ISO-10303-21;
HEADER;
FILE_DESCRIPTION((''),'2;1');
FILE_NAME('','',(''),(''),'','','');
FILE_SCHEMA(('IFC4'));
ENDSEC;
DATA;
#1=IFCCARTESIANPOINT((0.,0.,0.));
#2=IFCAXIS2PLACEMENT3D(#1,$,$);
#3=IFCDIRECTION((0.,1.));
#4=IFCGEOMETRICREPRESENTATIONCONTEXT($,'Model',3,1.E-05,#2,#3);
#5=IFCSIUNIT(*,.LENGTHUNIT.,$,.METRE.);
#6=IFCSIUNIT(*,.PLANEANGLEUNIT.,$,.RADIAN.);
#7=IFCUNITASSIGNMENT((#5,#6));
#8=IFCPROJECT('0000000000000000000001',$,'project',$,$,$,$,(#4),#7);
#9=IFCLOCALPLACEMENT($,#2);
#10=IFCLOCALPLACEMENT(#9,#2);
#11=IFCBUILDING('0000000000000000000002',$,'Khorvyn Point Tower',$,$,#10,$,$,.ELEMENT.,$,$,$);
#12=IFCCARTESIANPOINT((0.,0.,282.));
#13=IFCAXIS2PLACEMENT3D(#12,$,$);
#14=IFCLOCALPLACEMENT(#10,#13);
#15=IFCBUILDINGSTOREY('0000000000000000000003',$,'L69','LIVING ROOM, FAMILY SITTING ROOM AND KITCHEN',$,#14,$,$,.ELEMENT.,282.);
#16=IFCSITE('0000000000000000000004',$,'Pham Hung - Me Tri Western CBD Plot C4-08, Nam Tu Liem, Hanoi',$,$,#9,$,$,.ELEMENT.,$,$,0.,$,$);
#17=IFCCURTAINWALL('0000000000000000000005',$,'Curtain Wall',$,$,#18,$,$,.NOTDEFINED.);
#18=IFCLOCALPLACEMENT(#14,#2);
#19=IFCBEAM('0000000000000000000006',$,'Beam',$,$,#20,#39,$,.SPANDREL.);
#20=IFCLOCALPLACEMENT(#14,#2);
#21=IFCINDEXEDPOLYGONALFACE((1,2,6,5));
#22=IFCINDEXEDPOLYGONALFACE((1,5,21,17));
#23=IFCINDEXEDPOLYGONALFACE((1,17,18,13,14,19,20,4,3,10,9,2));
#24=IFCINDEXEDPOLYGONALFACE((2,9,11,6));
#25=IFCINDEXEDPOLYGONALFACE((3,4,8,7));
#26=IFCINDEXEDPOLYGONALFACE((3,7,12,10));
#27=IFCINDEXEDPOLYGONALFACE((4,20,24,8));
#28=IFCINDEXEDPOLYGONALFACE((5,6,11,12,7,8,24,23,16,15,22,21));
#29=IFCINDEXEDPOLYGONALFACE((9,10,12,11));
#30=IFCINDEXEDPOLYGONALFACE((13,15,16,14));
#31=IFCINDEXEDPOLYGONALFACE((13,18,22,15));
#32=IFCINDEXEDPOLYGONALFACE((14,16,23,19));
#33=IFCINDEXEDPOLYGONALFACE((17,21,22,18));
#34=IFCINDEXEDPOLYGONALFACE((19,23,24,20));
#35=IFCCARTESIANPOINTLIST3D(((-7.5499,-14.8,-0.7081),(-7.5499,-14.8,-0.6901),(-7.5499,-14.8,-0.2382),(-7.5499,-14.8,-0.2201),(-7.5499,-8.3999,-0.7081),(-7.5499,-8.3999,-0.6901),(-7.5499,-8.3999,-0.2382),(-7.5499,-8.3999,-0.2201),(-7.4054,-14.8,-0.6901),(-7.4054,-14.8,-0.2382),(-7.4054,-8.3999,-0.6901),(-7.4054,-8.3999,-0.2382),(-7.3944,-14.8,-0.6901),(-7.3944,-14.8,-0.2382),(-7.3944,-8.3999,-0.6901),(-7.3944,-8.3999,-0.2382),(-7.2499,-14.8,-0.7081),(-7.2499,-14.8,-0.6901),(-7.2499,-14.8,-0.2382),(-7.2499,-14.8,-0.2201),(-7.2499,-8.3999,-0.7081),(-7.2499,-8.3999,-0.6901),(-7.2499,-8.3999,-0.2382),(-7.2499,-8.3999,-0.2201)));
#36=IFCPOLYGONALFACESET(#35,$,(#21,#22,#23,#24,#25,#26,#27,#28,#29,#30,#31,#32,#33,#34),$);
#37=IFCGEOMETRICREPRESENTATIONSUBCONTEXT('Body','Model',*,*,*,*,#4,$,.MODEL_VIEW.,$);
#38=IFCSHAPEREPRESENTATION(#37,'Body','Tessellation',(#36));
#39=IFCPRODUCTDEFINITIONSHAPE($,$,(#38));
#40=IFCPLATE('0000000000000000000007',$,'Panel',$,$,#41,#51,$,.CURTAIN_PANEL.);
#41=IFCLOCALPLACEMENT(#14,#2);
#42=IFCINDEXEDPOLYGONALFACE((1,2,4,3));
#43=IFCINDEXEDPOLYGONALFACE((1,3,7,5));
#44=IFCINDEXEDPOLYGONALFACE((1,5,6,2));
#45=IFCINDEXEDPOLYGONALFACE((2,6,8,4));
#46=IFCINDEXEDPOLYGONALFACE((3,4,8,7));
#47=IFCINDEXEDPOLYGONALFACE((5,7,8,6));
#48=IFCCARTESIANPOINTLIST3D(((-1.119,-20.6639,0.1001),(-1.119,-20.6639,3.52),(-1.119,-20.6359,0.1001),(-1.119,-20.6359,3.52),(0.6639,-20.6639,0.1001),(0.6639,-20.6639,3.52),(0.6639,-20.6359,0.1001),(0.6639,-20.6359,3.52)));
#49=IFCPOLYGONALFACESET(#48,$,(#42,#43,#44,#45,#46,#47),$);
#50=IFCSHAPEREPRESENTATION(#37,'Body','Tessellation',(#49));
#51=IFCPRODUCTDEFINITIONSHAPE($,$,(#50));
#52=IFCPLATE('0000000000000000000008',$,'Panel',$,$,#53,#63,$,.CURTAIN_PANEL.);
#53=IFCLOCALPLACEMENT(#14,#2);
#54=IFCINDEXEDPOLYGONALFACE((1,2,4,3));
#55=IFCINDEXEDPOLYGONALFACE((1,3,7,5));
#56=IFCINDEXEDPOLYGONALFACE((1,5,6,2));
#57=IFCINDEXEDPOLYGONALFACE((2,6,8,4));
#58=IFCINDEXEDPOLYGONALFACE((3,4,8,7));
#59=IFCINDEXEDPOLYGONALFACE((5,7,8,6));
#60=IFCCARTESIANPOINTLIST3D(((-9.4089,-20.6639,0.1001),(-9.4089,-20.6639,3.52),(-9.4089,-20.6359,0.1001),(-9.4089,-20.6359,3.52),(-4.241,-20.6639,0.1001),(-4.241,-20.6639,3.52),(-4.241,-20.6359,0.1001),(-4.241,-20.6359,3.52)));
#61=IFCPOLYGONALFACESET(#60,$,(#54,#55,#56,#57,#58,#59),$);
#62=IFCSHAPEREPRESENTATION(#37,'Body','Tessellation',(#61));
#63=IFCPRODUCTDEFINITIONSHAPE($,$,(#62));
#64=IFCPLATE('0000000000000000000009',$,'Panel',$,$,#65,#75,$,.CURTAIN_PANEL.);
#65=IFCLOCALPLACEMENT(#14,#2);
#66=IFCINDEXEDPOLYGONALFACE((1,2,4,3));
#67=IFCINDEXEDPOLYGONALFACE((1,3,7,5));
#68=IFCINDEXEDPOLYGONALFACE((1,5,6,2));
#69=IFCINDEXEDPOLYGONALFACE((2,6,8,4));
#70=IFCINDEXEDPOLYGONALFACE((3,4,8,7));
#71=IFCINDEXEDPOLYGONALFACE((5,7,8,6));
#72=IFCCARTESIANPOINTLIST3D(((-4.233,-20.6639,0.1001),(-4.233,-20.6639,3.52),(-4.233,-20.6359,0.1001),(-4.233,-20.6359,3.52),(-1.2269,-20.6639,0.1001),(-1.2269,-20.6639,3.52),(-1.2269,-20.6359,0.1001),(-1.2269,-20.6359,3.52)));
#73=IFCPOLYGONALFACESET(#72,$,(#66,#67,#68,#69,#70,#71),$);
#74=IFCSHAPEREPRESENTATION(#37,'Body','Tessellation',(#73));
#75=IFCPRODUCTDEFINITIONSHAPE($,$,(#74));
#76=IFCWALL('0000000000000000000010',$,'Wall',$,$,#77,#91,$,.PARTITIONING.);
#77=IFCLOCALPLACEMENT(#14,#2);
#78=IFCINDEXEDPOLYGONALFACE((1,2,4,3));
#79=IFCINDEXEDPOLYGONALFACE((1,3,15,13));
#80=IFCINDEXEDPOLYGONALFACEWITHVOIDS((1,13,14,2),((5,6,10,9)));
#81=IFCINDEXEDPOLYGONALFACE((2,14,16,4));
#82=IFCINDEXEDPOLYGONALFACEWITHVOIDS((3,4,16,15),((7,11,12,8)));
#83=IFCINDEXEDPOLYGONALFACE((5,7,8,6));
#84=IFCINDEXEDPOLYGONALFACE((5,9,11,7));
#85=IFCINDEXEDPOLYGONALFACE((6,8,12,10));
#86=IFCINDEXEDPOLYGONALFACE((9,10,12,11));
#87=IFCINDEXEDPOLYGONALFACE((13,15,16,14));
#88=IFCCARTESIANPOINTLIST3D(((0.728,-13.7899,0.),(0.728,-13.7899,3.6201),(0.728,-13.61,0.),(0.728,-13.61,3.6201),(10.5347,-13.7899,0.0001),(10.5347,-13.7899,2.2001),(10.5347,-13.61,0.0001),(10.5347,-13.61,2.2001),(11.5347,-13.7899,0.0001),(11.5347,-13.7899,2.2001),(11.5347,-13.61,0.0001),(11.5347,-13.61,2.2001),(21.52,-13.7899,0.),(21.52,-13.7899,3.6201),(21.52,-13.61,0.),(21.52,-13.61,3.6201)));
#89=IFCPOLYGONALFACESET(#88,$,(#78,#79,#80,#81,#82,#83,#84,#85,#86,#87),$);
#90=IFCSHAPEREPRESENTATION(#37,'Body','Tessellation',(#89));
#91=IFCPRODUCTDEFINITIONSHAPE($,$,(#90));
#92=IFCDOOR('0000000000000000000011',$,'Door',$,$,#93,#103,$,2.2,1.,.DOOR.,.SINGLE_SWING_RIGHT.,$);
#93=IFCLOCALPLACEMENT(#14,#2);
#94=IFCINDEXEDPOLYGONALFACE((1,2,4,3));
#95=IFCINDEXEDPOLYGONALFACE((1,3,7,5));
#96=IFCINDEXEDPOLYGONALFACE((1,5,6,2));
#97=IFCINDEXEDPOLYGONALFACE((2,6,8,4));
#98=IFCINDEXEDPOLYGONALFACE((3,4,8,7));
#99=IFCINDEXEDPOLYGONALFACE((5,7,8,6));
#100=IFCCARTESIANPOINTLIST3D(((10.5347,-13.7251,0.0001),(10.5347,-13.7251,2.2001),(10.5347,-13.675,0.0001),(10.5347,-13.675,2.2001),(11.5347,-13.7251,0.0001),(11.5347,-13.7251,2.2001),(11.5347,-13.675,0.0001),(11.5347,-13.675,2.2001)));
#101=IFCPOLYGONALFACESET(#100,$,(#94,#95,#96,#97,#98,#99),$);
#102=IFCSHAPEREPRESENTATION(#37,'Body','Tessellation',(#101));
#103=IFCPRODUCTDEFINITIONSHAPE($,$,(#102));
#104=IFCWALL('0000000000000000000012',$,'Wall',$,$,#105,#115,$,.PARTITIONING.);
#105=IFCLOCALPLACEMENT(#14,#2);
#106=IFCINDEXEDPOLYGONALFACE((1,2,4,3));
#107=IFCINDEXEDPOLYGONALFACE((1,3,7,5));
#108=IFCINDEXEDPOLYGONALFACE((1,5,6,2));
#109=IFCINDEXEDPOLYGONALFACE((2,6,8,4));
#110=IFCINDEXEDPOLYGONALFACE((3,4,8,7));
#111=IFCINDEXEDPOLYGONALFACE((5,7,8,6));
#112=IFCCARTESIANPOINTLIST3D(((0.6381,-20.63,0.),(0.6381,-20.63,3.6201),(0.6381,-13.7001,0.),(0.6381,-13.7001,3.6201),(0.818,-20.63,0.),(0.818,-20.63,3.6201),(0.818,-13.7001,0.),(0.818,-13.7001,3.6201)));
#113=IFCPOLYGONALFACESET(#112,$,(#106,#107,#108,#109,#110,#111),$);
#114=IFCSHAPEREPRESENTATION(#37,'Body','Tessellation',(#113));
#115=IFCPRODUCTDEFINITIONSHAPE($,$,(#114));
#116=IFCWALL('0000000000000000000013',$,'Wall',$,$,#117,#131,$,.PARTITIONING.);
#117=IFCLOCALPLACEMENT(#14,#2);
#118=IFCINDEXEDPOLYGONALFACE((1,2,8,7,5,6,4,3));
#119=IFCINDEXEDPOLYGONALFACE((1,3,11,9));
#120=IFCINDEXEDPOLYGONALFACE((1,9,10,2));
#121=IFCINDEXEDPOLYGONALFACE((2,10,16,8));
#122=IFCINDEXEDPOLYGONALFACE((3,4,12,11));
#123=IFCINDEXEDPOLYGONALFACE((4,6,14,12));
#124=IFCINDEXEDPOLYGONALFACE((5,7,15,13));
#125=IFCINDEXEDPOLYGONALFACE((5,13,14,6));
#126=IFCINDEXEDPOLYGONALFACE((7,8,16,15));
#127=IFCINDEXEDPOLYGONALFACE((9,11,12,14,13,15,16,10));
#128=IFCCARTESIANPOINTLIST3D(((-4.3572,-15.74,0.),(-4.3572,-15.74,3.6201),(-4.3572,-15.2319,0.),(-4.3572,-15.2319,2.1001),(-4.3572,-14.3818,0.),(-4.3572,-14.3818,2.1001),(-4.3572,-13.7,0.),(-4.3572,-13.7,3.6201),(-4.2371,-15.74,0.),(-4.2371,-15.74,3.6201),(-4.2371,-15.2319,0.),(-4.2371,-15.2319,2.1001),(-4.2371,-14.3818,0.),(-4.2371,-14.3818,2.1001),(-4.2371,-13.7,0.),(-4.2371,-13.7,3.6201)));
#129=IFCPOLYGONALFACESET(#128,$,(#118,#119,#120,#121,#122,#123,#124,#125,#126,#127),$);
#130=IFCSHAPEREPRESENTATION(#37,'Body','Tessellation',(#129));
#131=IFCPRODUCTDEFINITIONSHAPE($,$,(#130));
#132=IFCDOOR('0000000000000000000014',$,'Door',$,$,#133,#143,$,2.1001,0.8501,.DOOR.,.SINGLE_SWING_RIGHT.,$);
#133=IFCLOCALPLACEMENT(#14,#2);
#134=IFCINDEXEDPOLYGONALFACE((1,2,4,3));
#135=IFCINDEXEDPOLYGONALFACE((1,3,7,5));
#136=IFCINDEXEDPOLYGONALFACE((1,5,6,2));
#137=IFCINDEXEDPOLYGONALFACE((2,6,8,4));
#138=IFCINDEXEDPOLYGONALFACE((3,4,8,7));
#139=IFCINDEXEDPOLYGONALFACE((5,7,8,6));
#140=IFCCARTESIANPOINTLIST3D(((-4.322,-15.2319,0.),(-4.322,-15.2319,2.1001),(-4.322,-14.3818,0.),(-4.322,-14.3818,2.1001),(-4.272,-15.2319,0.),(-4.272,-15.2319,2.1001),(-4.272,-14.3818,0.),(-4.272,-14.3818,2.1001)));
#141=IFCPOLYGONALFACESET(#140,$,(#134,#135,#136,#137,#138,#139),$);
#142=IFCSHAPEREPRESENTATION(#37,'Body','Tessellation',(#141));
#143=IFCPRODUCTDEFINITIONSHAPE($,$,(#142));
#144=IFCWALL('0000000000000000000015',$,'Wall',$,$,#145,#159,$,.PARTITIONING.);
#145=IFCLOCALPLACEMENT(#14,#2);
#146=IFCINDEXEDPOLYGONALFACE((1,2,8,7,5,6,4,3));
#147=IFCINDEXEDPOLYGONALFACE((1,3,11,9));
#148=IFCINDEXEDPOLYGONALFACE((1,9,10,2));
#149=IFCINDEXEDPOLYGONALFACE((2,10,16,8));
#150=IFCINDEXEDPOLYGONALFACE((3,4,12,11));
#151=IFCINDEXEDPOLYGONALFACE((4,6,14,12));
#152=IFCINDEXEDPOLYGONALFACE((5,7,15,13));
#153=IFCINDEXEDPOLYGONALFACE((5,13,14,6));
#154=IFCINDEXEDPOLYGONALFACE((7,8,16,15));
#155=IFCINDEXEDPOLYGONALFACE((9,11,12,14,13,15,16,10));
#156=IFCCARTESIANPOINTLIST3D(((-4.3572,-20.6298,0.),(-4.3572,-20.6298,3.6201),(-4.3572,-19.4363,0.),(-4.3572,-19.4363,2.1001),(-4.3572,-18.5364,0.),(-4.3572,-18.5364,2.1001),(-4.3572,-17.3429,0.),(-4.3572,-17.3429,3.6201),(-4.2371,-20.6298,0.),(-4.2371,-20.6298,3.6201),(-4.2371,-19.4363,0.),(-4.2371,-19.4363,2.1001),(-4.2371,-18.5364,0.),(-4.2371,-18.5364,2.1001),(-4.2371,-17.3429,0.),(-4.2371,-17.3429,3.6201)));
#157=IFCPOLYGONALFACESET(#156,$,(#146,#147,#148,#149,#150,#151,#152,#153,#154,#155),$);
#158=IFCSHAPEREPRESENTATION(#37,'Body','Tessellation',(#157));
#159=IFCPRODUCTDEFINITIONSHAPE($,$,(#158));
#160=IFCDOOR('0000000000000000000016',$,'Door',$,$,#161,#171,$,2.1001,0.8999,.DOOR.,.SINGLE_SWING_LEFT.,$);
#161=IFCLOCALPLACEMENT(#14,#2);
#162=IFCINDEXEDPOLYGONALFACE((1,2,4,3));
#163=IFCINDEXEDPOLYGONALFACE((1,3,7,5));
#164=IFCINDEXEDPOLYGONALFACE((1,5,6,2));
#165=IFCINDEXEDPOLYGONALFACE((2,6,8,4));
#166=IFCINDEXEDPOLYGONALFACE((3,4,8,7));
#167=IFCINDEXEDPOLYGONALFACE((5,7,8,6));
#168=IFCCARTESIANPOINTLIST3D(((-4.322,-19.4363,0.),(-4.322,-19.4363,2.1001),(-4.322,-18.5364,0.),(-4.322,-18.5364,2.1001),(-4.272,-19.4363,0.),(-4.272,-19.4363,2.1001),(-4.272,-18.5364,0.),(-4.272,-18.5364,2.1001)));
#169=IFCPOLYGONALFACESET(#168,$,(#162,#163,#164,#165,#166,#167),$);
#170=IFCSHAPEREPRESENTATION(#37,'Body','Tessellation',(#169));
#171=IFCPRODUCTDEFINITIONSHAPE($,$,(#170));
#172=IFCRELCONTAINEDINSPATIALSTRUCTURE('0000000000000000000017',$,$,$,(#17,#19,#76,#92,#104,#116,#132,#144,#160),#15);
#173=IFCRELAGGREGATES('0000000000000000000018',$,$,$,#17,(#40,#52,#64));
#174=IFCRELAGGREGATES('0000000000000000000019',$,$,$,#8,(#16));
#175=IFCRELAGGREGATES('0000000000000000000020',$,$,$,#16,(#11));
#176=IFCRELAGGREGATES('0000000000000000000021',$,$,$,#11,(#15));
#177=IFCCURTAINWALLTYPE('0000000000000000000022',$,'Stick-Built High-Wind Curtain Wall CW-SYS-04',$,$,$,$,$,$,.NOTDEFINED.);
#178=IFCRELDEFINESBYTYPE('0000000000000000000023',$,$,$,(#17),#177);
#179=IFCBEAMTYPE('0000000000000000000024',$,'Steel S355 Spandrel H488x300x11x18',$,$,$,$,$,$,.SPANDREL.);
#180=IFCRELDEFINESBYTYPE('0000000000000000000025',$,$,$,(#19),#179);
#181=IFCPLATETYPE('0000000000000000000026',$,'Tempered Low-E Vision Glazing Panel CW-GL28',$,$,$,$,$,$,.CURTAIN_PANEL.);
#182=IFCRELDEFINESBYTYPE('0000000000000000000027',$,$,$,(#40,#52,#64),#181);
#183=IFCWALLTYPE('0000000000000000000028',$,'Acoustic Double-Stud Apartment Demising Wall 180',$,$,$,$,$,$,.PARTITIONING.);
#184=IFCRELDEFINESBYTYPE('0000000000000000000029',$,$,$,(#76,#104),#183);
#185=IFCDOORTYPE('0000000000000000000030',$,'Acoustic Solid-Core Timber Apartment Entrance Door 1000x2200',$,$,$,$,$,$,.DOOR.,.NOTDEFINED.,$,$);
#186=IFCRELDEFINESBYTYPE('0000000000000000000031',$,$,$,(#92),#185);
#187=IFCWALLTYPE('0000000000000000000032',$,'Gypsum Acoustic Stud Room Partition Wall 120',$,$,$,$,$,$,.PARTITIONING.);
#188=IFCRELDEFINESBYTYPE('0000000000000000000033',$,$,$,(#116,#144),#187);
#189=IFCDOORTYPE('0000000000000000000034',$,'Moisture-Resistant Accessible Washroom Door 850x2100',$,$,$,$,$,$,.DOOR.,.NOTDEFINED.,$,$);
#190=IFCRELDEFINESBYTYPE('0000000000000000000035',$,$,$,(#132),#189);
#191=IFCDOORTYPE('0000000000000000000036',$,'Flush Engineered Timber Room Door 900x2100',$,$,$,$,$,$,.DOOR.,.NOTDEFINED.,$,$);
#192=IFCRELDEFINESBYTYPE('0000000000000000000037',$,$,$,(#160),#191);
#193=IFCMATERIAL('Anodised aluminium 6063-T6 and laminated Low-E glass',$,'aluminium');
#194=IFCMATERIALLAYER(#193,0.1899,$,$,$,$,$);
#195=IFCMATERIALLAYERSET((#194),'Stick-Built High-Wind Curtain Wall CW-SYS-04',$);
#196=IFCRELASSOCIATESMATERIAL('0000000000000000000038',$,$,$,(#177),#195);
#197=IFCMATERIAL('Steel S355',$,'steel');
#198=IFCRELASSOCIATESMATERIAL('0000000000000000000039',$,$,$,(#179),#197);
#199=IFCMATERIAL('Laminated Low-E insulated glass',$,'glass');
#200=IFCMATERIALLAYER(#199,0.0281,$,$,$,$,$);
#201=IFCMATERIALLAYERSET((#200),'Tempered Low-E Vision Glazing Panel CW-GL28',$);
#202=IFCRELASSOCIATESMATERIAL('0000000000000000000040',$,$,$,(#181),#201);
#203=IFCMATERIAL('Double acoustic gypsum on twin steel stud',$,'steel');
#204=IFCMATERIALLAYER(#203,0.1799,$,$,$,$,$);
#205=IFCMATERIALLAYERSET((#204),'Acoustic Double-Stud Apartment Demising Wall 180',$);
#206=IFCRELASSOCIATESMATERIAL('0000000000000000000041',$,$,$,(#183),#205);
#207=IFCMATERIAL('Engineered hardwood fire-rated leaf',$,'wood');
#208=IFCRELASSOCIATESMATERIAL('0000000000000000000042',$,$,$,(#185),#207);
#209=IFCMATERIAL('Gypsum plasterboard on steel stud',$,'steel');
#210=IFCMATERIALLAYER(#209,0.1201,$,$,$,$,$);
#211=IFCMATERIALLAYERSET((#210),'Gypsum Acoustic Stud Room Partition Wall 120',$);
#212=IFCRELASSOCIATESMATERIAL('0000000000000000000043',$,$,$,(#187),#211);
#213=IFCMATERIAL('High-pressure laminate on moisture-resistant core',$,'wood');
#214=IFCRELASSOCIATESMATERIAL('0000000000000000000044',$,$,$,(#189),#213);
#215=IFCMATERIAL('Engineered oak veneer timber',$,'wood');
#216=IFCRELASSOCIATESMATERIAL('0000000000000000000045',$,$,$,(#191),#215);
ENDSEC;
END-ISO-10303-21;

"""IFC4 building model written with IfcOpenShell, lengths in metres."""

from ifc_helpers import new_model, si_unit, direction, frame, frame_2d, origin, origin_2d, place, context, subcontext, project, spatial, rectangle, i_section, extrude, material, layer, layer_set, material_profile, profile_set, type_object, element, fill, aggregate, save


model = new_model("IFC4")

# Units and contexts
model_context = context("Model", 3, precision=1e-05, world=origin(), true_north=direction((0.0, 1.0)))
body_context = subcontext(model_context, "Body", "Model", "MODEL_VIEW")
ifc_project = project(units=[si_unit("LENGTHUNIT", "METRE"), si_unit("PLANEANGLEUNIT", "RADIAN")], contexts=[model_context])

# Site, building, storey
site_placement = place(None, origin())
site = spatial("IfcSite", under=ifc_project, at=site_placement, Name="Pham Hung - Me Tri Western CBD Plot C4-08, Nam Tu Liem, Hanoi", CompositionType="ELEMENT", RefElevation=0.0)
building_placement = place(site_placement, origin())
building = spatial("IfcBuilding", under=site, at=building_placement, Name="Khorvyn Point Tower", CompositionType="ELEMENT")
storey_placement = place(building_placement, frame((0.0, 0.0, 282.0)))
storey = spatial("IfcBuildingStorey", under=building, at=storey_placement, Name="L69", Description="LIVING ROOM, FAMILY SITTING ROOM AND KITCHEN", CompositionType="ELEMENT", Elevation=282.0)

# Curtain wall
ifc_material_1 = material(Name="Anodised aluminium 6063-T6 and laminated Low-E glass", Category="aluminium")
ifc_layer_1 = layer(ifc_material_1, 0.1899)
ifc_layer_set_1 = layer_set([ifc_layer_1], Name="Stick-Built High-Wind Curtain Wall CW-SYS-04")
curtain_wall_type = type_object("IfcCurtainWallType", Name="Stick-Built High-Wind Curtain Wall CW-SYS-04", PredefinedType="NOTDEFINED", material=ifc_layer_set_1)
curtain_wall_placement = place(storey_placement, origin())
curtain_wall = element("IfcCurtainWall", 1, at=curtain_wall_placement, inside=storey, type_object=curtain_wall_type, Name="Curtain Wall", PredefinedType="NOTDEFINED")

# Beam
ifc_material_2 = material(Name="Steel S355", Category="steel")
ifc_material_profile_1 = material_profile(ifc_material_2, i_section(OverallWidth=0.3, OverallDepth=0.488, WebThickness=0.011, FlangeThickness=0.0181, at=origin_2d()))
ifc_profile_set_1 = profile_set([ifc_material_profile_1], Name="Steel S355 H488x300x11x18")
beam_type = type_object("IfcBeamType", Name="Steel S355 Spandrel H488x300x11x18", PredefinedType="SPANDREL", material=ifc_profile_set_1)
beam_1_placement = place(storey_placement, frame((-7.3999, -14.8, -0.4641), z_axis=(0.0, 1.0, 0.0), x_axis=(-1.0, 0.0, 0.0)))
element("IfcBeam", 2, at=beam_1_placement, inside=storey, type_object=beam_type, Name="Beam", PredefinedType="SPANDREL", context=body_context, shape_type="SweptSolid", body=[
    extrude(i_section(OverallWidth=0.3, OverallDepth=0.488, WebThickness=0.011, FlangeThickness=0.0181, at=origin_2d()), origin(), (0.0, 0.0, 1.0), 6.4001),
])

# Plates
ifc_material_3 = material(Name="Laminated Low-E insulated glass", Category="glass")
ifc_layer_2 = layer(ifc_material_3, 0.0281)
ifc_layer_set_2 = layer_set([ifc_layer_2], Name="Tempered Low-E Vision Glazing Panel CW-GL28")
plate_type = type_object("IfcPlateType", Name="Tempered Low-E Vision Glazing Panel CW-GL28", PredefinedType="CURTAIN_PANEL", material=ifc_layer_set_2)
plate_1_placement = place(storey_placement, frame((-0.2275, -20.6499, 0.1001), z_axis=(0.0, 0.0, 1.0), x_axis=(-1.0, 0.0, 0.0)))
plate_1 = element("IfcPlate", 3, at=plate_1_placement, type_object=plate_type, Name="Panel", PredefinedType="CURTAIN_PANEL", context=body_context, shape_type="SweptSolid", body=[
    extrude(rectangle(XDim=1.783, YDim=0.0281, at=origin_2d()), origin(), (0.0, 0.0, 1.0), 3.4199),
])
plate_2_placement = place(storey_placement, frame((-6.825, -20.6499, 0.1001), z_axis=(0.0, 0.0, 1.0), x_axis=(-1.0, 0.0, 0.0)))
plate_2 = element("IfcPlate", 4, at=plate_2_placement, type_object=plate_type, Name="Panel", PredefinedType="CURTAIN_PANEL", context=body_context, shape_type="SweptSolid", body=[
    extrude(rectangle(XDim=5.168, YDim=0.0281, at=origin_2d()), origin(), (0.0, 0.0, 1.0), 3.4199),
])
plate_3_placement = place(storey_placement, frame((-2.73, -20.6499, 0.1001), z_axis=(0.0, 0.0, 1.0), x_axis=(-1.0, 0.0, 0.0)))
plate_3 = element("IfcPlate", 5, at=plate_3_placement, type_object=plate_type, Name="Panel", PredefinedType="CURTAIN_PANEL", context=body_context, shape_type="SweptSolid", body=[
    extrude(rectangle(XDim=3.0061, YDim=0.0281, at=origin_2d()), origin(), (0.0, 0.0, 1.0), 3.4199),
])
aggregate(curtain_wall, [plate_1, plate_2, plate_3])

# Wall, opening, door
ifc_material_4 = material(Name="Double acoustic gypsum on twin steel stud", Category="steel")
ifc_layer_3 = layer(ifc_material_4, 0.1799)
ifc_layer_set_3 = layer_set([ifc_layer_3], Name="Acoustic Double-Stud Apartment Demising Wall 180")
wall_type_1 = type_object("IfcWallType", Name="Acoustic Double-Stud Apartment Demising Wall 180", PredefinedType="PARTITIONING", material=ifc_layer_set_3)
wall_1_placement = place(storey_placement, frame((0.728, -13.7, 0.0), z_axis=(0.0, 0.0, 1.0), x_axis=(1.0, 0.0, 0.0)))
wall_1 = element("IfcWall", 6, at=wall_1_placement, inside=storey, type_object=wall_type_1, Name="Wall", PredefinedType="PARTITIONING", context=body_context, shape_type="SweptSolid", body=[
    extrude(rectangle(XDim=20.792, YDim=0.1799, at=frame_2d((10.396, 0.0))), origin(), (0.0, 0.0, 1.0), 3.6201),
])
opening_1_placement = place(wall_1_placement, frame((9.8066, 0.0, 0.0)))
opening_1 = element("IfcOpeningElement", 7, at=opening_1_placement, cuts=wall_1, PredefinedType="OPENING", context=body_context, shape_type="SweptSolid", body=[
    extrude(rectangle(XDim=1.0, YDim=2.2, at=frame_2d((0.5, 1.1001))), frame((0.0, 0.0999, 0.0), z_axis=(0.0, -1.0, 0.0), x_axis=(1.0, 0.0, 0.0)), (0.0, 0.0, 1.0), 0.2),
])
ifc_material_5 = material(Name="Engineered hardwood fire-rated leaf", Category="wood")
door_type_1 = type_object("IfcDoorType", Name="Acoustic Solid-Core Timber Apartment Entrance Door 1000x2200", OperationType="NOTDEFINED", PredefinedType="DOOR", material=ifc_material_5)
door_1_placement = place(opening_1_placement, origin())
door_1 = element("IfcDoor", 8, at=door_1_placement, inside=storey, type_object=door_type_1, Name="Door", OperationType="SINGLE_SWING_RIGHT", OverallHeight=2.2, OverallWidth=1.0, PredefinedType="DOOR", context=body_context, shape_type="SweptSolid", body=[
    extrude(rectangle(XDim=1.0, YDim=2.2, at=frame_2d((0.5, 1.1001))), frame((0.0, 0.0249, 0.0), z_axis=(0.0, -1.0, 0.0), x_axis=(1.0, 0.0, 0.0)), (0.0, 0.0, 1.0), 0.05),
])
fill(opening_1, door_1)

# Wall
wall_2_placement = place(storey_placement, frame((0.728, -20.6299, 0.0), z_axis=(0.0, 0.0, 1.0), x_axis=(0.0, 1.0, 0.0)))
element("IfcWall", 9, at=wall_2_placement, inside=storey, type_object=wall_type_1, Name="Wall", PredefinedType="PARTITIONING", context=body_context, shape_type="SweptSolid", body=[
    extrude(rectangle(XDim=6.9299, YDim=0.1799, at=frame_2d((3.4648, 0.0))), origin(), (0.0, 0.0, 1.0), 3.6201),
])

# Walls, openings, doors
ifc_material_6 = material(Name="Gypsum plasterboard on steel stud", Category="steel")
ifc_layer_4 = layer(ifc_material_6, 0.1201)
ifc_layer_set_4 = layer_set([ifc_layer_4], Name="Gypsum Acoustic Stud Room Partition Wall 120")
wall_type_2 = type_object("IfcWallType", Name="Gypsum Acoustic Stud Room Partition Wall 120", PredefinedType="PARTITIONING", material=ifc_layer_set_4)
wall_3_placement = place(storey_placement, frame((-4.2971, -15.74, 0.0), z_axis=(0.0, 0.0, 1.0), x_axis=(0.0, 1.0, 0.0)))
wall_3 = element("IfcWall", 10, at=wall_3_placement, inside=storey, type_object=wall_type_2, Name="Wall", PredefinedType="PARTITIONING", context=body_context, shape_type="SweptSolid", body=[
    extrude(rectangle(XDim=2.04, YDim=0.1201, at=frame_2d((1.02, 0.0))), origin(), (0.0, 0.0, 1.0), 3.6201),
])
opening_2_placement = place(wall_3_placement, frame((0.5081, 0.0, 0.0)))
opening_2 = element("IfcOpeningElement", 11, at=opening_2_placement, cuts=wall_3, PredefinedType="OPENING", context=body_context, shape_type="SweptSolid", body=[
    extrude(rectangle(XDim=0.8501, YDim=2.1001, at=frame_2d((0.425, 1.05))), frame((0.0, 0.0701, 0.0), z_axis=(0.0, -1.0, 0.0), x_axis=(1.0, 0.0, 0.0)), (0.0, 0.0, 1.0), 0.1401),
])
ifc_material_7 = material(Name="High-pressure laminate on moisture-resistant core", Category="wood")
door_type_2 = type_object("IfcDoorType", Name="Moisture-Resistant Accessible Washroom Door 850x2100", OperationType="NOTDEFINED", PredefinedType="DOOR", material=ifc_material_7)
door_2_placement = place(opening_2_placement, origin())
door_2 = element("IfcDoor", 12, at=door_2_placement, inside=storey, type_object=door_type_2, Name="Door", OperationType="SINGLE_SWING_RIGHT", OverallHeight=2.1001, OverallWidth=0.8501, PredefinedType="DOOR", context=body_context, shape_type="SweptSolid", body=[
    extrude(rectangle(XDim=0.8501, YDim=2.1001, at=frame_2d((0.425, 1.05))), frame((0.0, 0.0249, 0.0), z_axis=(0.0, -1.0, 0.0), x_axis=(1.0, 0.0, 0.0)), (0.0, 0.0, 1.0), 0.05),
])
fill(opening_2, door_2)
wall_4_placement = place(storey_placement, frame((-4.2971, -20.6299, 0.0), z_axis=(0.0, 0.0, 1.0), x_axis=(0.0, 1.0, 0.0)))
wall_4 = element("IfcWall", 13, at=wall_4_placement, inside=storey, type_object=wall_type_2, Name="Wall", PredefinedType="PARTITIONING", context=body_context, shape_type="SweptSolid", body=[
    extrude(rectangle(XDim=3.2869, YDim=0.1201, at=frame_2d((1.6436, 0.0))), origin(), (0.0, 0.0, 1.0), 3.6201),
])
opening_3_placement = place(wall_4_placement, frame((1.1936, 0.0, 0.0)))
opening_3 = element("IfcOpeningElement", 14, at=opening_3_placement, cuts=wall_4, PredefinedType="OPENING", context=body_context, shape_type="SweptSolid", body=[
    extrude(rectangle(XDim=0.8999, YDim=2.1001, at=frame_2d((0.45, 1.05))), frame((0.0, 0.0701, 0.0), z_axis=(0.0, -1.0, 0.0), x_axis=(1.0, 0.0, 0.0)), (0.0, 0.0, 1.0), 0.1401),
])
ifc_material_8 = material(Name="Engineered oak veneer timber", Category="wood")
door_type_3 = type_object("IfcDoorType", Name="Flush Engineered Timber Room Door 900x2100", OperationType="NOTDEFINED", PredefinedType="DOOR", material=ifc_material_8)
door_3_placement = place(opening_3_placement, origin())
door_3 = element("IfcDoor", 15, at=door_3_placement, inside=storey, type_object=door_type_3, Name="Door", OperationType="SINGLE_SWING_LEFT", OverallHeight=2.1001, OverallWidth=0.8999, PredefinedType="DOOR", context=body_context, shape_type="SweptSolid", body=[
    extrude(rectangle(XDim=0.8999, YDim=2.1001, at=frame_2d((0.45, 1.05))), frame((0.0, 0.0249, 0.0), z_axis=(0.0, -1.0, 0.0), x_axis=(1.0, 0.0, 0.0)), (0.0, 0.0, 1.0), 0.05),
])
fill(opening_3, door_3)

save(model, "model.ifc")
